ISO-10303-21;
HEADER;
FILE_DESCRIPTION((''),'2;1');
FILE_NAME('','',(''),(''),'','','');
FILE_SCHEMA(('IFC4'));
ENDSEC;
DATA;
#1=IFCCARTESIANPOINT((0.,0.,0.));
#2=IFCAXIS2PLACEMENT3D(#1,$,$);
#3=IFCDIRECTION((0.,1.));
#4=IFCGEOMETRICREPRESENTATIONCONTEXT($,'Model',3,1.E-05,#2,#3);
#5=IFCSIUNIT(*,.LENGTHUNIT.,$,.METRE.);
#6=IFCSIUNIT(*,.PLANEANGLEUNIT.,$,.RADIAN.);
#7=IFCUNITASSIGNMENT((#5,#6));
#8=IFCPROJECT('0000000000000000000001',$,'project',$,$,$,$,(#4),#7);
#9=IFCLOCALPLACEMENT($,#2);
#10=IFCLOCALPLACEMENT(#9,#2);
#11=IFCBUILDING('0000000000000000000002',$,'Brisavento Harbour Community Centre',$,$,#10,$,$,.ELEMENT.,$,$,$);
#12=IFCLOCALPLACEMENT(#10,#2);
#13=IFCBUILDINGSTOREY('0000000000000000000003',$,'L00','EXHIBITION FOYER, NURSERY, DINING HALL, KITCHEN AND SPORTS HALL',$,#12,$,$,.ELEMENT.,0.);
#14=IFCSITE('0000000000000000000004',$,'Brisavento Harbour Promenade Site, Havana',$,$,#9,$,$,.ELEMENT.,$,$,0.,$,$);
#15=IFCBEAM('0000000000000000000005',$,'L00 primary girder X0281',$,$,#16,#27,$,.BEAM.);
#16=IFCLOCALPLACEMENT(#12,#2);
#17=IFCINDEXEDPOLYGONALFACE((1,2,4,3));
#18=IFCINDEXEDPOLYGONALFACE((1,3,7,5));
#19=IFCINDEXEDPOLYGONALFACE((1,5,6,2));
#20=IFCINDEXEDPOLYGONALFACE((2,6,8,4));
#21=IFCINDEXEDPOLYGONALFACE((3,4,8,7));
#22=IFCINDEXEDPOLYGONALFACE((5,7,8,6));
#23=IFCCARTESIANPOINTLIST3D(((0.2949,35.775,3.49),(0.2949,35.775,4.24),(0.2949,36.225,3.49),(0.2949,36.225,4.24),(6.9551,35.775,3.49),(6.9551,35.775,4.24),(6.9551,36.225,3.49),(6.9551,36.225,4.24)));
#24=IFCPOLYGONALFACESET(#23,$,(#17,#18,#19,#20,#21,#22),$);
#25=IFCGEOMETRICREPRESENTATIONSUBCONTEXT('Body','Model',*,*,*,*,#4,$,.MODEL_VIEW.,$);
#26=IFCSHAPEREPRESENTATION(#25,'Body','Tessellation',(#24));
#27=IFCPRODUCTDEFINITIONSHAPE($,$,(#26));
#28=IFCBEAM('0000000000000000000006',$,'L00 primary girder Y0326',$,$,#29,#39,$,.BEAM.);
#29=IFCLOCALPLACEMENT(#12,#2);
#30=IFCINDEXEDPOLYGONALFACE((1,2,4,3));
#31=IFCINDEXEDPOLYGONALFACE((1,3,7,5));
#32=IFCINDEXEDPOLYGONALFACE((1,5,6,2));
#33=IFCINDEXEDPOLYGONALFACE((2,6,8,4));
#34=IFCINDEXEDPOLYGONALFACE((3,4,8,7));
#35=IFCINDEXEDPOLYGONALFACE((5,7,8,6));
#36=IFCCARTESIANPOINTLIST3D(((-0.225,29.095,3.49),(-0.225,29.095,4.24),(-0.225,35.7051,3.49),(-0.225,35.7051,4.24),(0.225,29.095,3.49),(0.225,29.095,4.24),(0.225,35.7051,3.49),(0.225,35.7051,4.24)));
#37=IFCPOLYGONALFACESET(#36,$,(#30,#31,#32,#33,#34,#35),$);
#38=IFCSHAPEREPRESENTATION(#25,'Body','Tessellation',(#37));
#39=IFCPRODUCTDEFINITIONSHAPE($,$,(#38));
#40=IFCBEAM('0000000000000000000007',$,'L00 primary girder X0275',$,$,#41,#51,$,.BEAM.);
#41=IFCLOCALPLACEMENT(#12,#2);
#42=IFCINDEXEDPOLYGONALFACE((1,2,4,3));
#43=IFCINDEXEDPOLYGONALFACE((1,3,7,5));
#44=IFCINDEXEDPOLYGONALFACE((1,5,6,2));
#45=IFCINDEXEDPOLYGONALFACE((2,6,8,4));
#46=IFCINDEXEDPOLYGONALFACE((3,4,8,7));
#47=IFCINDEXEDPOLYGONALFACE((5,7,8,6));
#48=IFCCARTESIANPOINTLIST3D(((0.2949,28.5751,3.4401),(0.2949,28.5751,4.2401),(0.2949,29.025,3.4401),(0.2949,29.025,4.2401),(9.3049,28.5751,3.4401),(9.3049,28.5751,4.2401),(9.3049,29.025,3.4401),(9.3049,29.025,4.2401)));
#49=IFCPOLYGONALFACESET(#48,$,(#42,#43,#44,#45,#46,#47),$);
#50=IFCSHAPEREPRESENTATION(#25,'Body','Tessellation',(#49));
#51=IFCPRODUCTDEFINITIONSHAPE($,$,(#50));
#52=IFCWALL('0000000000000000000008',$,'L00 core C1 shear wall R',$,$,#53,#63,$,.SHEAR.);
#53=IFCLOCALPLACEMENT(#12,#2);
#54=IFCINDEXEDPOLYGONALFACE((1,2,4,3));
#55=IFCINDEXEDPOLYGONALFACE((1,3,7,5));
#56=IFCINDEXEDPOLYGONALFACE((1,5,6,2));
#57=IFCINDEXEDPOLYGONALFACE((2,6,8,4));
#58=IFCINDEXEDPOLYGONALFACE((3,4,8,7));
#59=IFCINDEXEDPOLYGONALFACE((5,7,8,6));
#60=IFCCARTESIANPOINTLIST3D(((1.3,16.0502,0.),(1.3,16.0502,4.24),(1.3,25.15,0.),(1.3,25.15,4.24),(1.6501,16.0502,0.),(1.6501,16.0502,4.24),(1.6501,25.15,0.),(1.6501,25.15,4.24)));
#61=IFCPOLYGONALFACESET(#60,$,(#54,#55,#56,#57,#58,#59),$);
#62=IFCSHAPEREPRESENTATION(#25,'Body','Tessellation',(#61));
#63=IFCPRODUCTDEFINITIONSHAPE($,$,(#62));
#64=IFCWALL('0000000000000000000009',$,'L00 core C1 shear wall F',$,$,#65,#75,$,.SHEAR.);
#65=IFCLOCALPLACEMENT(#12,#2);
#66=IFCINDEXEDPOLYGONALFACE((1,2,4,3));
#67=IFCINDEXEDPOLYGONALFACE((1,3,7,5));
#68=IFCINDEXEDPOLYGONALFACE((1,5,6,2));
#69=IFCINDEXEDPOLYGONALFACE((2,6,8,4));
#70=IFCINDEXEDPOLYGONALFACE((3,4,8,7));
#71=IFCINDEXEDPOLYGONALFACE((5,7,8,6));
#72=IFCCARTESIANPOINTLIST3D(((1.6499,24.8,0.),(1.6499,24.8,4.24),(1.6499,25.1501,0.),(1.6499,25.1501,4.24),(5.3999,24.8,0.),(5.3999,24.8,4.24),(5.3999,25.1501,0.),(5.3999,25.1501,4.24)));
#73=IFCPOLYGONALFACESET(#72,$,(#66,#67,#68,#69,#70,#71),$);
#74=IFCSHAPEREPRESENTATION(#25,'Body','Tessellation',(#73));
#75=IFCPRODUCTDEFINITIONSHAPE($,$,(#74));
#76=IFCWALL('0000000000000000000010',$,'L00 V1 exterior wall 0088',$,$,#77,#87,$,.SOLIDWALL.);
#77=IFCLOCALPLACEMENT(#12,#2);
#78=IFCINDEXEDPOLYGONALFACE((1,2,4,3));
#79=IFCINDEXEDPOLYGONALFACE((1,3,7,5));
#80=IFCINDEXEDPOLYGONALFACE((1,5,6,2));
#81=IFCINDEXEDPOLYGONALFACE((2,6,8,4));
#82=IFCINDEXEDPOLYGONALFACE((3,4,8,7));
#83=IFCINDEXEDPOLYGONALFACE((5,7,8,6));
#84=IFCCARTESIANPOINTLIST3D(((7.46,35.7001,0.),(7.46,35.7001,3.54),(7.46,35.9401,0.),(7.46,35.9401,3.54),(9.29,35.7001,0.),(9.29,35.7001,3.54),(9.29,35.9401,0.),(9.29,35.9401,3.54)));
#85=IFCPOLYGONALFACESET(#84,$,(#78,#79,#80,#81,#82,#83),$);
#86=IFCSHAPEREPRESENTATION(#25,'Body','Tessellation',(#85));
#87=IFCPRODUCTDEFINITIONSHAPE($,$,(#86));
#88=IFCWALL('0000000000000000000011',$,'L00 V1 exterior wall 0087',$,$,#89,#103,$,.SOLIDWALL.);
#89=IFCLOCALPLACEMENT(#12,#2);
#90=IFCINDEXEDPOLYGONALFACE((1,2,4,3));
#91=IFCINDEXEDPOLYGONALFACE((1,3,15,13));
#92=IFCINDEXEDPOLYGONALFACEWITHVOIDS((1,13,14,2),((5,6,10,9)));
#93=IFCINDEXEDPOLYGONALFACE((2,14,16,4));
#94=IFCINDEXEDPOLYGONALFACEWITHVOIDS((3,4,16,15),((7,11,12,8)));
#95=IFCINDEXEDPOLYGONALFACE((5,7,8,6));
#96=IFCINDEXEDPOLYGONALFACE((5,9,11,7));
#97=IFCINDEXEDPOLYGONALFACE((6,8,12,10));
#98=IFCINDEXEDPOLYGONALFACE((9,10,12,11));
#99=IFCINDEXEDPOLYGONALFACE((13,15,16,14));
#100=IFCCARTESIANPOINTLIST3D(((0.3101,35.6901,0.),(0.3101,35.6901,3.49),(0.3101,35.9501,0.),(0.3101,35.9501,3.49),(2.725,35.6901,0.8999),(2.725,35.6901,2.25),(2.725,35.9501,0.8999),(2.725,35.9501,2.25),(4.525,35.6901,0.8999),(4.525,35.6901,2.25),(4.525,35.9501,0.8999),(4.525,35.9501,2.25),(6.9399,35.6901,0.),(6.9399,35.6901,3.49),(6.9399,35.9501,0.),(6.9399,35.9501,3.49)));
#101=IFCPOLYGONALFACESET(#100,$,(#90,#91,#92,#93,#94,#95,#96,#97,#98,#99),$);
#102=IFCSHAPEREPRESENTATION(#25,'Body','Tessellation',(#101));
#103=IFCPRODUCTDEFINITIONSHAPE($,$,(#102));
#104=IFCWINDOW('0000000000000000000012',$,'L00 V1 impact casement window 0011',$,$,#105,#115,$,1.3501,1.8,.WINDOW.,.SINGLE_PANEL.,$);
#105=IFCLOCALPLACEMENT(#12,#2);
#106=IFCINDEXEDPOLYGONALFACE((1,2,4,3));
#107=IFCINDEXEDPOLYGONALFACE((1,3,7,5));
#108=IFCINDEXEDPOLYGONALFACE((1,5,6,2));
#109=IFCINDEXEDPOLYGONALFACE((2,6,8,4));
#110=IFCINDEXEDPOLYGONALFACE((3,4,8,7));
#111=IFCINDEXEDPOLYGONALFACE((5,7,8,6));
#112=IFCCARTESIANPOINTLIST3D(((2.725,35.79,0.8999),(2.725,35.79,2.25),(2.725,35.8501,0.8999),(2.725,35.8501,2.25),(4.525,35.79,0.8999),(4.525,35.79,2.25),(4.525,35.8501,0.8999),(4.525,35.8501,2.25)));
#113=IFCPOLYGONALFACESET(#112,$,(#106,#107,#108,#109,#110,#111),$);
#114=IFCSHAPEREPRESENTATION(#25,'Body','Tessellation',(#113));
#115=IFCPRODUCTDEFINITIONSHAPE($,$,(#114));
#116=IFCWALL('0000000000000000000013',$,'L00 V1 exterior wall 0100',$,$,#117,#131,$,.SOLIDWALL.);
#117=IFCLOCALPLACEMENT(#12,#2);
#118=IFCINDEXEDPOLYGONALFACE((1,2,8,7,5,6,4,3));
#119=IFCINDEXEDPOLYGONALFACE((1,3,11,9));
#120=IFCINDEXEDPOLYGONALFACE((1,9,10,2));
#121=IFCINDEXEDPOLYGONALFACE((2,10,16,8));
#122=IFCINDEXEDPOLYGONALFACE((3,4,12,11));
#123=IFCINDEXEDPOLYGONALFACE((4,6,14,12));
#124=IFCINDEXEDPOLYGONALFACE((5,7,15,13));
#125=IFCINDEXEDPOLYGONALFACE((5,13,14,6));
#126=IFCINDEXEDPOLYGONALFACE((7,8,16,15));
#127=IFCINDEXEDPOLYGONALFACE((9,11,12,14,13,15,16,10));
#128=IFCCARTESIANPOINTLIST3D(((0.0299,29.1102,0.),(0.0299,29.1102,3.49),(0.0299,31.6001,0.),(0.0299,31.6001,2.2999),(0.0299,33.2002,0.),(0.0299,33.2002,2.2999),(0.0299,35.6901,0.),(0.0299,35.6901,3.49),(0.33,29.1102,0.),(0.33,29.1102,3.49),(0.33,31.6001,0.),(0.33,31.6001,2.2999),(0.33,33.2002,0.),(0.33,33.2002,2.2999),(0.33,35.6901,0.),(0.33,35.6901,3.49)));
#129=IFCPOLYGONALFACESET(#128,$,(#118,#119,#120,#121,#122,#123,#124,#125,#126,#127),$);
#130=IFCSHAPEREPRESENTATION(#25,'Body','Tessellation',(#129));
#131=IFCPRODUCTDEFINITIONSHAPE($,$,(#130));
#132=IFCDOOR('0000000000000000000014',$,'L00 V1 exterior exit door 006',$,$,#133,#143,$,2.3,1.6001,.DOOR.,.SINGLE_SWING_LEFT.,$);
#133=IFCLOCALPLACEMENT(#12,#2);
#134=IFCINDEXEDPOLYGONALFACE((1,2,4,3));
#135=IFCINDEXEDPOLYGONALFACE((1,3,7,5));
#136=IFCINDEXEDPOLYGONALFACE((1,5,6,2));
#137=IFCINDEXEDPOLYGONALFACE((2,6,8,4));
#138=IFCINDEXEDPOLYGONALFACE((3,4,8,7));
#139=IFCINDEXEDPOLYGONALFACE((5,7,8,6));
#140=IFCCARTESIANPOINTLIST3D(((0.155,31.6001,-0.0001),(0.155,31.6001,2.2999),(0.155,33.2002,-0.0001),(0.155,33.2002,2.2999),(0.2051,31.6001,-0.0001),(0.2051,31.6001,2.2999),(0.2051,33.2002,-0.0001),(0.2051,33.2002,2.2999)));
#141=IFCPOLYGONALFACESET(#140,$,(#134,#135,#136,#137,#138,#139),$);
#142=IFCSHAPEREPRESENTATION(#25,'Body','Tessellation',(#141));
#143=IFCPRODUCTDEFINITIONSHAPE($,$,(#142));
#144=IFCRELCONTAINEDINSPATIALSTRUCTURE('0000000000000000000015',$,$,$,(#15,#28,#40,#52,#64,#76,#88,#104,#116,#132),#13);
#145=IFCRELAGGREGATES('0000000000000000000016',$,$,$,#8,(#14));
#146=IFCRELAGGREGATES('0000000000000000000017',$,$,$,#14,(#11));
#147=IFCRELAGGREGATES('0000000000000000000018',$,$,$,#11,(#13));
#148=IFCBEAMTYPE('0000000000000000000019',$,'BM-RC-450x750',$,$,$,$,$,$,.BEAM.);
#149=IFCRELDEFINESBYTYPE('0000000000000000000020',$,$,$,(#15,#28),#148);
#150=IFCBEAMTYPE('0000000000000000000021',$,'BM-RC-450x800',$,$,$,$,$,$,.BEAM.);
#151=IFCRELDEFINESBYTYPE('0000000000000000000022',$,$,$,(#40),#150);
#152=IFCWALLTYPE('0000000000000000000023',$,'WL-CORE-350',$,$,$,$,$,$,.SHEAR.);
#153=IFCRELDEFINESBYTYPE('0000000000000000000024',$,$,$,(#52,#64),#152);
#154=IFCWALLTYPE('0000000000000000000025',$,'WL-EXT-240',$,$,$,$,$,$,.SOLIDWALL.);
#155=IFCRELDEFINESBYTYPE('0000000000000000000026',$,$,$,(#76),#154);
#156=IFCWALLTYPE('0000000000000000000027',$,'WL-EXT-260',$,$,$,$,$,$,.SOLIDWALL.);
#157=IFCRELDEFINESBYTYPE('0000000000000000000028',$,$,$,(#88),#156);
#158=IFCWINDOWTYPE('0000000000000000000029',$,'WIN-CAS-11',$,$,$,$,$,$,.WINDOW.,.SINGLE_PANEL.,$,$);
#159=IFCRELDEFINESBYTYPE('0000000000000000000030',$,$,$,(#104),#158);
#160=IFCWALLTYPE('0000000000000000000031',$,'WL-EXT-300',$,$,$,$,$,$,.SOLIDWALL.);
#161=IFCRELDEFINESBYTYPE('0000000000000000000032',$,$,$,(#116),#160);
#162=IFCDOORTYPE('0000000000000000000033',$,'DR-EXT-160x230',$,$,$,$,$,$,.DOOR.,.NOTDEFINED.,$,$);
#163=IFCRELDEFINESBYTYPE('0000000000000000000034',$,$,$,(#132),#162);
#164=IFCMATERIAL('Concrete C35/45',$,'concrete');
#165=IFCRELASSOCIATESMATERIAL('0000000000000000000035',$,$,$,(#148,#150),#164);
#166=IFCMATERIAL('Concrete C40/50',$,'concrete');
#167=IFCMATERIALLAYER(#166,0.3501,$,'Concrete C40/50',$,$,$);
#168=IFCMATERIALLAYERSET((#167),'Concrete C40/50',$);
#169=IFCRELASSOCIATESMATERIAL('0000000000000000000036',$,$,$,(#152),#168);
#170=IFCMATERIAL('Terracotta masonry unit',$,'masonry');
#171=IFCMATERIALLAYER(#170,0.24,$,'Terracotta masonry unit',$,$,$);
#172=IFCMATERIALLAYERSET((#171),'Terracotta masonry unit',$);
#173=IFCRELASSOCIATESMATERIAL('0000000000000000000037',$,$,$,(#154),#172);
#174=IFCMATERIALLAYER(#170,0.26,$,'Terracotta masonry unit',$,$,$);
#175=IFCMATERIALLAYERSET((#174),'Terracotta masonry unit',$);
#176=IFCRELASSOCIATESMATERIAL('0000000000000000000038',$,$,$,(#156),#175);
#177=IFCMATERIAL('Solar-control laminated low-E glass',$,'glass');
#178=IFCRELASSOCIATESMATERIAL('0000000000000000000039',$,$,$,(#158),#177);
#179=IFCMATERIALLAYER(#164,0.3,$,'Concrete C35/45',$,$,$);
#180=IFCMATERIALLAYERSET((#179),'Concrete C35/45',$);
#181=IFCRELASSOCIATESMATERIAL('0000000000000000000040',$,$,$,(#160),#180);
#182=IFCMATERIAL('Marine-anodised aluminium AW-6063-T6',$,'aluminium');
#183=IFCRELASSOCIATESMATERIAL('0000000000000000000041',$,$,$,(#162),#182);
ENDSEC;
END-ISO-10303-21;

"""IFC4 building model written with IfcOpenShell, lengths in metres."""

from ifc_helpers import new_model, si_unit, direction, frame, frame_2d, origin, origin_2d, place, context, subcontext, project, spatial, rectangle, extrude, material, layer, layer_set, material_profile, profile_set, type_object, element, fill, save


model = new_model("IFC4")

# Units and contexts
model_context = context("Model", 3, precision=1e-05, world=origin(), true_north=direction((0.0, 1.0)))
body_context = subcontext(model_context, "Body", "Model", "MODEL_VIEW")
ifc_project = project(units=[si_unit("LENGTHUNIT", "METRE"), si_unit("PLANEANGLEUNIT", "RADIAN")], contexts=[model_context])

# Site, building, storey
site_placement = place(None, origin())
site = spatial("IfcSite", under=ifc_project, at=site_placement, Name="Brisavento Harbour Promenade Site, Havana", CompositionType="ELEMENT", RefElevation=0.0)
building_placement = place(site_placement, origin())
building = spatial("IfcBuilding", under=site, at=building_placement, Name="Brisavento Harbour Community Centre", CompositionType="ELEMENT")
storey_placement = place(building_placement, origin())
storey = spatial("IfcBuildingStorey", under=building, at=storey_placement, Name="L00", Description="EXHIBITION FOYER, NURSERY, DINING HALL, KITCHEN AND SPORTS HALL", CompositionType="ELEMENT", Elevation=0.0)

# Shared definitions
ifc_material_1 = material(Name="Concrete C40/50", Category="concrete")

# Beams
ifc_material_2 = material(Name="Concrete C35/45", Category="concrete")
ifc_material_profile_1 = material_profile(ifc_material_2, rectangle(XDim=0.45, YDim=0.75, at=origin_2d()), Name="Concrete C35/45")
ifc_profile_set_1 = profile_set([ifc_material_profile_1], Name="Concrete C35/45")
beam_type_1 = type_object("IfcBeamType", Name="BM-RC-450x750", PredefinedType="BEAM", material=ifc_profile_set_1)
beam_1_placement = place(storey_placement, frame((0.2949, 36.0, 3.865), z_axis=(1.0, 0.0, 0.0), x_axis=(0.0, 1.0, 0.0)))
element("IfcBeam", 1, at=beam_1_placement, inside=storey, type_object=beam_type_1, Name="L00 primary girder X0281", PredefinedType="BEAM", context=body_context, shape_type="SweptSolid", body=[
    extrude(rectangle(XDim=0.45, YDim=0.75, at=origin_2d()), origin(), (0.0, 0.0, 1.0), 6.6602),
])
beam_2_placement = place(storey_placement, frame((0.0, 29.095, 3.865), z_axis=(0.0, 1.0, 0.0), x_axis=(-1.0, 0.0, 0.0)))
element("IfcBeam", 2, at=beam_2_placement, inside=storey, type_object=beam_type_1, Name="L00 primary girder Y0326", PredefinedType="BEAM", context=body_context, shape_type="SweptSolid", body=[
    extrude(rectangle(XDim=0.45, YDim=0.75, at=origin_2d()), origin(), (0.0, 0.0, 1.0), 6.6101),
])
ifc_material_profile_2 = material_profile(ifc_material_2, rectangle(XDim=0.45, YDim=0.8, at=origin_2d()), Name="Concrete C35/45")
ifc_profile_set_2 = profile_set([ifc_material_profile_2], Name="Concrete C35/45")
beam_type_2 = type_object("IfcBeamType", Name="BM-RC-450x800", PredefinedType="BEAM", material=ifc_profile_set_2)
beam_3_placement = place(storey_placement, frame((0.2949, 28.8, 3.8401), z_axis=(1.0, 0.0, 0.0), x_axis=(0.0, 1.0, 0.0)))
element("IfcBeam", 3, at=beam_3_placement, inside=storey, type_object=beam_type_2, Name="L00 primary girder X0275", PredefinedType="BEAM", context=body_context, shape_type="SweptSolid", body=[
    extrude(rectangle(XDim=0.45, YDim=0.8, at=origin_2d()), origin(), (0.0, 0.0, 1.0), 9.01),
])

# Walls
ifc_layer_1 = layer(ifc_material_1, 0.3501, Name="Concrete C40/50")
ifc_layer_set_1 = layer_set([ifc_layer_1], Name="Concrete C40/50")
wall_type_1 = type_object("IfcWallType", Name="WL-CORE-350", PredefinedType="SHEAR", material=ifc_layer_set_1)
wall_1_placement = place(storey_placement, frame((1.4751, 25.1499, 0.0), z_axis=(0.0, 0.0, 1.0), x_axis=(0.0, -1.0, 0.0)))
element("IfcWall", 4, at=wall_1_placement, inside=storey, type_object=wall_type_1, Name="L00 core C1 shear wall R", PredefinedType="SHEAR", context=body_context, shape_type="SweptSolid", body=[
    extrude(rectangle(XDim=9.0999, YDim=0.3501, at=frame_2d((4.5498, 0.0))), origin(), (0.0, 0.0, 1.0), 4.24),
])
wall_2_placement = place(storey_placement, frame((5.3999, 24.9751, 0.0), z_axis=(0.0, 0.0, 1.0), x_axis=(-1.0, 0.0, 0.0)))
element("IfcWall", 5, at=wall_2_placement, inside=storey, type_object=wall_type_1, Name="L00 core C1 shear wall F", PredefinedType="SHEAR", context=body_context, shape_type="SweptSolid", body=[
    extrude(rectangle(XDim=3.75, YDim=0.3501, at=frame_2d((1.875, 0.0))), origin(), (0.0, 0.0, 1.0), 4.24),
])
ifc_material_3 = material(Name="Terracotta masonry unit", Category="masonry")
ifc_layer_2 = layer(ifc_material_3, 0.24, Name="Terracotta masonry unit")
ifc_layer_set_2 = layer_set([ifc_layer_2], Name="Terracotta masonry unit")
wall_type_2 = type_object("IfcWallType", Name="WL-EXT-240", PredefinedType="SOLIDWALL", material=ifc_layer_set_2)
wall_3_placement = place(storey_placement, frame((7.46, 35.8201, 0.0), z_axis=(0.0, 0.0, 1.0), x_axis=(1.0, 0.0, 0.0)))
element("IfcWall", 6, at=wall_3_placement, inside=storey, type_object=wall_type_2, Name="L00 V1 exterior wall 0088", PredefinedType="SOLIDWALL", context=body_context, shape_type="SweptSolid", body=[
    extrude(rectangle(XDim=1.8301, YDim=0.24, at=frame_2d((0.915, 0.0))), origin(), (0.0, 0.0, 1.0), 3.54),
])

# Wall, opening, window
ifc_layer_3 = layer(ifc_material_3, 0.26, Name="Terracotta masonry unit")
ifc_layer_set_3 = layer_set([ifc_layer_3], Name="Terracotta masonry unit")
wall_type_3 = type_object("IfcWallType", Name="WL-EXT-260", PredefinedType="SOLIDWALL", material=ifc_layer_set_3)
wall_4_placement = place(storey_placement, frame((0.3101, 35.8201, 0.0), z_axis=(0.0, 0.0, 1.0), x_axis=(1.0, 0.0, 0.0)))
wall_4 = element("IfcWall", 7, at=wall_4_placement, inside=storey, type_object=wall_type_3, Name="L00 V1 exterior wall 0087", PredefinedType="SOLIDWALL", context=body_context, shape_type="SweptSolid", body=[
    extrude(rectangle(XDim=6.6299, YDim=0.26, at=frame_2d((3.3149, 0.0))), origin(), (0.0, 0.0, 1.0), 3.49),
])
opening_1_placement = place(wall_4_placement, frame((2.415, 0.0, 0.8999)))
opening_1 = element("IfcOpeningElement", 8, at=opening_1_placement, cuts=wall_4, PredefinedType="OPENING", context=body_context, shape_type="SweptSolid", body=[
    extrude(rectangle(XDim=1.8, YDim=1.3501, at=frame_2d((0.8999, 0.675))), frame((0.0, 0.1401, 0.0), z_axis=(0.0, -1.0, 0.0), x_axis=(1.0, 0.0, 0.0)), (0.0, 0.0, 1.0), 0.28),
])
ifc_material_4 = material(Name="Solar-control laminated low-E glass", Category="glass")
window_type = type_object("IfcWindowType", Name="WIN-CAS-11", PartitioningType="SINGLE_PANEL", PredefinedType="WINDOW", material=ifc_material_4)
window_placement = place(opening_1_placement, origin())
window = element("IfcWindow", 9, at=window_placement, inside=storey, type_object=window_type, Name="L00 V1 impact casement window 0011", OverallHeight=1.3501, OverallWidth=1.8, PartitioningType="SINGLE_PANEL", PredefinedType="WINDOW", context=body_context, shape_type="SweptSolid", body=[
    extrude(rectangle(XDim=1.8, YDim=1.3501, at=frame_2d((0.8999, 0.675))), frame((0.0, 0.03, 0.0), z_axis=(0.0, -1.0, 0.0), x_axis=(1.0, 0.0, 0.0)), (0.0, 0.0, 1.0), 0.0601),
])
fill(opening_1, window)

# Wall, opening, door
ifc_layer_4 = layer(ifc_material_2, 0.3, Name="Concrete C35/45")
ifc_layer_set_4 = layer_set([ifc_layer_4], Name="Concrete C35/45")
wall_type_4 = type_object("IfcWallType", Name="WL-EXT-300", PredefinedType="SOLIDWALL", material=ifc_layer_set_4)
wall_5_placement = place(storey_placement, frame((0.1799, 29.1101, 0.0), z_axis=(0.0, 0.0, 1.0), x_axis=(0.0, 1.0, 0.0)))
wall_5 = element("IfcWall", 10, at=wall_5_placement, inside=storey, type_object=wall_type_4, Name="L00 V1 exterior wall 0100", PredefinedType="SOLIDWALL", context=body_context, shape_type="SweptSolid", body=[
    extrude(rectangle(XDim=6.5798, YDim=0.3, at=frame_2d((3.29, 0.0))), origin(), (0.0, 0.0, 1.0), 3.49),
])
opening_2_placement = place(wall_5_placement, frame((2.49, 0.0, 0.0)))
opening_2 = element("IfcOpeningElement", 11, at=opening_2_placement, cuts=wall_5, PredefinedType="OPENING", context=body_context, shape_type="SweptSolid", body=[
    extrude(rectangle(XDim=1.6001, YDim=2.3, at=frame_2d((0.8, 1.1499))), frame((0.0, 0.1602, 0.0), z_axis=(0.0, -1.0, 0.0), x_axis=(1.0, 0.0, 0.0)), (0.0, 0.0, 1.0), 0.3201),
])
ifc_material_5 = material(Name="Marine-anodised aluminium AW-6063-T6", Category="aluminium")
door_type_1 = type_object("IfcDoorType", Name="DR-EXT-160x230", OperationType="NOTDEFINED", PredefinedType="DOOR", material=ifc_material_5)
door_1_placement = place(opening_2_placement, origin())
door_1 = element("IfcDoor", 12, at=door_1_placement, inside=storey, type_object=door_type_1, Name="L00 V1 exterior exit door 006", OperationType="SINGLE_SWING_LEFT", OverallHeight=2.3, OverallWidth=1.6001, PredefinedType="DOOR", context=body_context, shape_type="SweptSolid", body=[
    extrude(rectangle(XDim=1.6001, YDim=2.3, at=frame_2d((0.8, 1.1499))), frame((0.0, 0.0249, 0.0), z_axis=(0.0, -1.0, 0.0), x_axis=(1.0, 0.0, 0.0)), (0.0, 0.0, 1.0), 0.05),
])
fill(opening_2, door_1)

save(model, "model.ifc")
